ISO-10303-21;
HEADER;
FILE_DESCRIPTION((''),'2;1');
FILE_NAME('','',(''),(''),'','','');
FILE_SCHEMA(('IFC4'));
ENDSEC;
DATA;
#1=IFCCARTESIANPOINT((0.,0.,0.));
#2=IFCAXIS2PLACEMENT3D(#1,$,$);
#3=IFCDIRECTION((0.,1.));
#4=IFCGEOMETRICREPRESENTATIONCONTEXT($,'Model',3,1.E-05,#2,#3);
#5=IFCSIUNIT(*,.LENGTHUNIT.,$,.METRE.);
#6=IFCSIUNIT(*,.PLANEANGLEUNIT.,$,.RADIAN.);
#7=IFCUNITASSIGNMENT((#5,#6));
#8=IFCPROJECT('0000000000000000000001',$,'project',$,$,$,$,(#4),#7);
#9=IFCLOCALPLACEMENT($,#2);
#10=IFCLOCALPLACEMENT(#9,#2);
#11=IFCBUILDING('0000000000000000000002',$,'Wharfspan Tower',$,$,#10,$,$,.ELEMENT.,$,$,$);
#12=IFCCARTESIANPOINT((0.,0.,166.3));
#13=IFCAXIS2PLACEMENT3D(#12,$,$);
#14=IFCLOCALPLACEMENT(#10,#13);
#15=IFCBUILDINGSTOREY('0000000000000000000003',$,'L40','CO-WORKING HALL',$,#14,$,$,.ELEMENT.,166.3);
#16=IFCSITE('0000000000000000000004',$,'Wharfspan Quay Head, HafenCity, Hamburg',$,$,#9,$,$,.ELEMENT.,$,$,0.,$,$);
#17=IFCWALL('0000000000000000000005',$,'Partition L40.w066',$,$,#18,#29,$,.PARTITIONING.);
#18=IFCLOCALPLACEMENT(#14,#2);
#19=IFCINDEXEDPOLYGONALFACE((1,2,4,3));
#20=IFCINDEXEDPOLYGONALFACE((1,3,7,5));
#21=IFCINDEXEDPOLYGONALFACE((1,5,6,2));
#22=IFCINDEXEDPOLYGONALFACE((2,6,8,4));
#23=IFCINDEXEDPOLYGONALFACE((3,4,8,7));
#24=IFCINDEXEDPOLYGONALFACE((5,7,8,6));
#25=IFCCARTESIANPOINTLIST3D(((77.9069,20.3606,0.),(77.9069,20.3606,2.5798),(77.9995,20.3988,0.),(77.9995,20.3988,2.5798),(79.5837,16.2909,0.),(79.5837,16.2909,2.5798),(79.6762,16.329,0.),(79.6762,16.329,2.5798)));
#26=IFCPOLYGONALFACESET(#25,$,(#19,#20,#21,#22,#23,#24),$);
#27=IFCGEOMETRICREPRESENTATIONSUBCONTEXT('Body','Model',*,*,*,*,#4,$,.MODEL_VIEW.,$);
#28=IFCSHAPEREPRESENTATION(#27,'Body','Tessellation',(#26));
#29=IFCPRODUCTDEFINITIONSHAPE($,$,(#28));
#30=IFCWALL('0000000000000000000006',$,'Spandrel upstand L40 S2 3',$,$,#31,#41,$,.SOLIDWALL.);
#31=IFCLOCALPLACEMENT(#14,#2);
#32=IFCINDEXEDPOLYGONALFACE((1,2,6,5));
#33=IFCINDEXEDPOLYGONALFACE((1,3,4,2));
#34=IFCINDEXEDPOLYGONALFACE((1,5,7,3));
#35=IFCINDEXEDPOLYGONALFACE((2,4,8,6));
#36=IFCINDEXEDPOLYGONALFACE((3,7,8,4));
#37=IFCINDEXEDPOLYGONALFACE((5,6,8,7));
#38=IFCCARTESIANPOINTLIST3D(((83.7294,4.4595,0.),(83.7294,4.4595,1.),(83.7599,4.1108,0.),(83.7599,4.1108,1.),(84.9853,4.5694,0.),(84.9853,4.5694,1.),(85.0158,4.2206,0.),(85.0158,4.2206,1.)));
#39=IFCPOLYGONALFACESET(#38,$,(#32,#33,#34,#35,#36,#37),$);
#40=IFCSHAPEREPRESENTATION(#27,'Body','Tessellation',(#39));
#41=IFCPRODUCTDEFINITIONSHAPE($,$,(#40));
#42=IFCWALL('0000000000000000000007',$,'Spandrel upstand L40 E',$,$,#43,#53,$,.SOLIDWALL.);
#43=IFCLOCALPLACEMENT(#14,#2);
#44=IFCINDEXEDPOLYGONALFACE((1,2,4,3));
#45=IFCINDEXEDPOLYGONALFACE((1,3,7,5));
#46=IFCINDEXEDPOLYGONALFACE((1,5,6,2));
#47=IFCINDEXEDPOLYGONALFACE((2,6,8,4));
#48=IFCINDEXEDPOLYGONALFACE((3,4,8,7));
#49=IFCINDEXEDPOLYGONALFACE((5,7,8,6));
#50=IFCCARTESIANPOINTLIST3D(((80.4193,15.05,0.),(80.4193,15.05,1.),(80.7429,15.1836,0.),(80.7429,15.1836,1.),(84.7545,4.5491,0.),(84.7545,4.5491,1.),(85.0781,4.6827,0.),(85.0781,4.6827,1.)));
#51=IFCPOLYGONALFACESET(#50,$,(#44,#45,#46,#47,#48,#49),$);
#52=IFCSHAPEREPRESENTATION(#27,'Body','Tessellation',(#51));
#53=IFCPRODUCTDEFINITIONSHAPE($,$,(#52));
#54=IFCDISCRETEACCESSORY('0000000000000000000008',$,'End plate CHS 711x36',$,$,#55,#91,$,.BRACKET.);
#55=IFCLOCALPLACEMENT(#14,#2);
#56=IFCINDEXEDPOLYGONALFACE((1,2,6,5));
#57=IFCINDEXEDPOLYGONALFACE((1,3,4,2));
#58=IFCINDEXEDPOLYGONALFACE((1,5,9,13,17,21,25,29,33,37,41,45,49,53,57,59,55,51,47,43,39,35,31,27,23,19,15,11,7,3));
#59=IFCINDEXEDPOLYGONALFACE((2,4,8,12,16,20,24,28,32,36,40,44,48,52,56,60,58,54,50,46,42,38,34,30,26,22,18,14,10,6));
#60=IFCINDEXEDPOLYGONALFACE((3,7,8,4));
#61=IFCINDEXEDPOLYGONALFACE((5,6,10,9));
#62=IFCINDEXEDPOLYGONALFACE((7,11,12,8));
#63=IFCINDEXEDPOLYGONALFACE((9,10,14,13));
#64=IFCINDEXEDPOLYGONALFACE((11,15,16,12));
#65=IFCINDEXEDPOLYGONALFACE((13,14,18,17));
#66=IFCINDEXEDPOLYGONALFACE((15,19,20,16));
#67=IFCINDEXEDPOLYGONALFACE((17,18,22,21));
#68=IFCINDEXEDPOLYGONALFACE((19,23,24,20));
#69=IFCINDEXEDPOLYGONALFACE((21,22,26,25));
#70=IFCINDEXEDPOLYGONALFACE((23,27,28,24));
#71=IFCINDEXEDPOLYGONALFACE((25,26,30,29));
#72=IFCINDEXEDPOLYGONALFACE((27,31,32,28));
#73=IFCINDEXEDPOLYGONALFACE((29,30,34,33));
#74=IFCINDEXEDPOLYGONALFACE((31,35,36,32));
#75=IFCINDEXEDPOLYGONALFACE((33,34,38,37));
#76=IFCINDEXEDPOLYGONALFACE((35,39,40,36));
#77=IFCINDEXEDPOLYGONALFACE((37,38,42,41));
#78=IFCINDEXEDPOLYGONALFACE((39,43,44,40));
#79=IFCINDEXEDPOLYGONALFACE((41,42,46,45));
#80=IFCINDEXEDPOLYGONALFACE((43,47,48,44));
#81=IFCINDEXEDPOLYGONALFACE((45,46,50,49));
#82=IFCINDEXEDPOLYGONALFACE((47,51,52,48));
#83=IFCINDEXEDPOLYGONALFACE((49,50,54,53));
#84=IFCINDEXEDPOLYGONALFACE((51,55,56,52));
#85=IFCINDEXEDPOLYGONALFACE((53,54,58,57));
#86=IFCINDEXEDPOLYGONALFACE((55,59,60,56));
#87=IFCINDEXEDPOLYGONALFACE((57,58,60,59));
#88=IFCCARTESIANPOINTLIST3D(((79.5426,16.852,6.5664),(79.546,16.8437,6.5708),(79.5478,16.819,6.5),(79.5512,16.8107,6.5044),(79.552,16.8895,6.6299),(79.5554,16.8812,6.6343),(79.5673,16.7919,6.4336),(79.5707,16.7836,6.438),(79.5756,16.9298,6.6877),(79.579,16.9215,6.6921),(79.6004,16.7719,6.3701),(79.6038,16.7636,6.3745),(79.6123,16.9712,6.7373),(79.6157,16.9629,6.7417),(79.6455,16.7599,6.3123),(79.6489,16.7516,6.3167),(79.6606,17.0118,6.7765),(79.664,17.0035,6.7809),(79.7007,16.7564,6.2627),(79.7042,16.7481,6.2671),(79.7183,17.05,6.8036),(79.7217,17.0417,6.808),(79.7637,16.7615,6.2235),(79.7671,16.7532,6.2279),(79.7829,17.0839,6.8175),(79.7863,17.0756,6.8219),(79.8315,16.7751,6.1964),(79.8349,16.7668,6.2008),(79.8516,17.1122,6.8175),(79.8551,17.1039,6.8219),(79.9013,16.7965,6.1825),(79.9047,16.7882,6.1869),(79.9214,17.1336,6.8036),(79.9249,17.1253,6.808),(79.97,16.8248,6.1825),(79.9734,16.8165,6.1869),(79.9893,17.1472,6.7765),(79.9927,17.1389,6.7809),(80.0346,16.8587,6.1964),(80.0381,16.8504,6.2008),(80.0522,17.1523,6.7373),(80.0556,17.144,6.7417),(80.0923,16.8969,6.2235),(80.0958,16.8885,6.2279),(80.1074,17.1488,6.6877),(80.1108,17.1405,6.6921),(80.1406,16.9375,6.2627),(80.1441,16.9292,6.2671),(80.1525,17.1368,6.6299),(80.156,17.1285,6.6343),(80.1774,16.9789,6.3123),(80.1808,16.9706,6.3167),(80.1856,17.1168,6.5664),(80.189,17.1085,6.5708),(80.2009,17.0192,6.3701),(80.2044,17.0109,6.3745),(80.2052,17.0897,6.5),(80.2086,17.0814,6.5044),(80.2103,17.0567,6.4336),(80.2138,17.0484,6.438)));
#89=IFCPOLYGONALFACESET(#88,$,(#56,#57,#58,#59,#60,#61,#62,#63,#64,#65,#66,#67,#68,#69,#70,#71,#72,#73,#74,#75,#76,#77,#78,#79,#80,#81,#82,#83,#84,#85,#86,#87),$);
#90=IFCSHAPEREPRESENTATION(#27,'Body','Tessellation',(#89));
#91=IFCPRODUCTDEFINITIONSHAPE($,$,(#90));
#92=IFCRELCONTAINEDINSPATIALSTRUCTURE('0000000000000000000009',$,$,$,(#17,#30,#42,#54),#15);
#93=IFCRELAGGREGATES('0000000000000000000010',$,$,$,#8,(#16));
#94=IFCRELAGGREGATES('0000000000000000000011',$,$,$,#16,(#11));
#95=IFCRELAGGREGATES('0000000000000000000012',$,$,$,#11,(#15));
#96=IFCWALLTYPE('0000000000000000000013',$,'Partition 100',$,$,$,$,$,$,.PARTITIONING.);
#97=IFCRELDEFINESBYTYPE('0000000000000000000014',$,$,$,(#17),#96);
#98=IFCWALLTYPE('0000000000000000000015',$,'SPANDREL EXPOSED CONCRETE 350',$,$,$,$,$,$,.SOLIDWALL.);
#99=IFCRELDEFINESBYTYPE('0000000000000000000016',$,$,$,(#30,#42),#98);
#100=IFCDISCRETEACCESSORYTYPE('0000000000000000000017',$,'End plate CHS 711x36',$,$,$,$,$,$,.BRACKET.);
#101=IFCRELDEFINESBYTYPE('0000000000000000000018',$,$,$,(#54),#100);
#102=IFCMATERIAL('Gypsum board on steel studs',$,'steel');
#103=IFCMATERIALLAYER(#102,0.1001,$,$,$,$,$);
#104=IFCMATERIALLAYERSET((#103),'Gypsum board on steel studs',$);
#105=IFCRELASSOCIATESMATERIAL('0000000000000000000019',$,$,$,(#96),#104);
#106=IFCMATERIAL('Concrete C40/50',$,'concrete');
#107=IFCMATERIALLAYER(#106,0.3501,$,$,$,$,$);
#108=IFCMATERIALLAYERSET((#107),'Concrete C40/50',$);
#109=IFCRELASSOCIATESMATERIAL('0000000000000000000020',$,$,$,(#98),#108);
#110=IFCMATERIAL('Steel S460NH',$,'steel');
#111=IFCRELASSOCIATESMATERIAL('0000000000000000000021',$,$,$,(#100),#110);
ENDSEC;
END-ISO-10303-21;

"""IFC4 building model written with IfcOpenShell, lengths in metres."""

from ifc_helpers import new_model, si_unit, direction, frame, frame_2d, origin, origin_2d, place, context, subcontext, project, spatial, rectangle, circle, extrude, material, layer, layer_set, material_profile, profile_set, type_object, element, save


model = new_model("IFC4")

# Units and contexts
model_context = context("Model", 3, precision=1e-05, world=origin(), true_north=direction((0.0, 1.0)))
body_context = subcontext(model_context, "Body", "Model", "MODEL_VIEW")
ifc_project = project(units=[si_unit("LENGTHUNIT", "METRE"), si_unit("PLANEANGLEUNIT", "RADIAN")], contexts=[model_context])

# Site, building, storey
site_placement = place(None, origin())
site = spatial("IfcSite", under=ifc_project, at=site_placement, Name="Wharfspan Quay Head, HafenCity, Hamburg", CompositionType="ELEMENT", RefElevation=0.0)
building_placement = place(site_placement, origin())
building = spatial("IfcBuilding", under=site, at=building_placement, Name="Wharfspan Tower", CompositionType="ELEMENT")
storey_placement = place(building_placement, frame((0.0, 0.0, 166.3)))
storey = spatial("IfcBuildingStorey", under=building, at=storey_placement, Name="L40", Description="CO-WORKING HALL", CompositionType="ELEMENT", Elevation=166.3)

# Walls
ifc_material_1 = material(Name="Gypsum board on steel studs", Category="steel")
ifc_layer_1 = layer(ifc_material_1, 0.1001)
ifc_layer_set_1 = layer_set([ifc_layer_1], Name="Gypsum board on steel studs")
wall_type_1 = type_object("IfcWallType", Name="Partition 100", PredefinedType="PARTITIONING", material=ifc_layer_set_1)
wall_1_placement = place(storey_placement, frame((79.6299, 16.3101, 0.0), z_axis=(0.0, 0.0, 1.0), x_axis=(-0.380933, 0.9246, 0.0)))
element("IfcWall", 1, at=wall_1_placement, inside=storey, type_object=wall_type_1, Name="Partition L40.w066", PredefinedType="PARTITIONING", context=body_context, shape_type="SweptSolid", body=[
    extrude(rectangle(XDim=4.4016, YDim=0.1001, at=frame_2d((2.2007, 0.0))), origin(), (0.0, 0.0, 1.0), 2.5798),
])
ifc_material_2 = material(Name="Concrete C40/50", Category="concrete")
ifc_layer_2 = layer(ifc_material_2, 0.3501)
ifc_layer_set_2 = layer_set([ifc_layer_2], Name="Concrete C40/50")
wall_type_2 = type_object("IfcWallType", Name="SPANDREL EXPOSED CONCRETE 350", PredefinedType="SOLIDWALL", material=ifc_layer_set_2)
wall_2_placement = place(storey_placement, frame((83.7446, 4.2852, 0.0), z_axis=(0.0, 0.0, 1.0), x_axis=(0.996198, 0.087148, 0.0)))
element("IfcWall", 2, at=wall_2_placement, inside=storey, type_object=wall_type_2, Name="Spandrel upstand L40 S2 3", PredefinedType="SOLIDWALL", context=body_context, shape_type="SweptSolid", body=[
    extrude(rectangle(XDim=1.2607, YDim=0.3501, at=frame_2d((0.6304, 0.0))), origin(), (0.0, 0.0, 1.0), 1.0),
])
wall_3_placement = place(storey_placement, frame((84.9163, 4.616, 0.0), z_axis=(0.0, 0.0, 1.0), x_axis=(-0.381598, 0.924328, 0.0)))
element("IfcWall", 3, at=wall_3_placement, inside=storey, type_object=wall_type_2, Name="Spandrel upstand L40 E", PredefinedType="SOLIDWALL", context=body_context, shape_type="SweptSolid", body=[
    extrude(rectangle(XDim=11.3606, YDim=0.3501, at=frame_2d((5.6802, 0.0))), origin(), (0.0, 0.0, 1.0), 1.0),
])

# Discrete accessory
ifc_material_3 = material(Name="Steel S460NH", Category="steel")
ifc_material_profile_1 = material_profile(ifc_material_3, circle(Radius=0.3555, at=origin_2d()))
ifc_profile_set_1 = profile_set([ifc_material_profile_1], Name="Steel S460NH")
discrete_accessory_type = type_object("IfcDiscreteAccessoryType", Name="End plate CHS 711x36", PredefinedType="BRACKET", material=ifc_profile_set_1)
discrete_accessory_placement = place(storey_placement, frame((79.8765, 16.9543, 6.5), z_axis=(0.341972, -0.830504, 0.439679), x_axis=(0.924678, 0.380749, -0.000001)))
element("IfcDiscreteAccessory", 4, at=discrete_accessory_placement, inside=storey, type_object=discrete_accessory_type, Name="End plate CHS 711x36", PredefinedType="BRACKET", context=body_context, shape_type="SweptSolid", body=[
    extrude(circle(Radius=0.3555, at=origin_2d()), origin(), (0.0, 0.0, 1.0), 0.01),
])

save(model, "model.ifc")
